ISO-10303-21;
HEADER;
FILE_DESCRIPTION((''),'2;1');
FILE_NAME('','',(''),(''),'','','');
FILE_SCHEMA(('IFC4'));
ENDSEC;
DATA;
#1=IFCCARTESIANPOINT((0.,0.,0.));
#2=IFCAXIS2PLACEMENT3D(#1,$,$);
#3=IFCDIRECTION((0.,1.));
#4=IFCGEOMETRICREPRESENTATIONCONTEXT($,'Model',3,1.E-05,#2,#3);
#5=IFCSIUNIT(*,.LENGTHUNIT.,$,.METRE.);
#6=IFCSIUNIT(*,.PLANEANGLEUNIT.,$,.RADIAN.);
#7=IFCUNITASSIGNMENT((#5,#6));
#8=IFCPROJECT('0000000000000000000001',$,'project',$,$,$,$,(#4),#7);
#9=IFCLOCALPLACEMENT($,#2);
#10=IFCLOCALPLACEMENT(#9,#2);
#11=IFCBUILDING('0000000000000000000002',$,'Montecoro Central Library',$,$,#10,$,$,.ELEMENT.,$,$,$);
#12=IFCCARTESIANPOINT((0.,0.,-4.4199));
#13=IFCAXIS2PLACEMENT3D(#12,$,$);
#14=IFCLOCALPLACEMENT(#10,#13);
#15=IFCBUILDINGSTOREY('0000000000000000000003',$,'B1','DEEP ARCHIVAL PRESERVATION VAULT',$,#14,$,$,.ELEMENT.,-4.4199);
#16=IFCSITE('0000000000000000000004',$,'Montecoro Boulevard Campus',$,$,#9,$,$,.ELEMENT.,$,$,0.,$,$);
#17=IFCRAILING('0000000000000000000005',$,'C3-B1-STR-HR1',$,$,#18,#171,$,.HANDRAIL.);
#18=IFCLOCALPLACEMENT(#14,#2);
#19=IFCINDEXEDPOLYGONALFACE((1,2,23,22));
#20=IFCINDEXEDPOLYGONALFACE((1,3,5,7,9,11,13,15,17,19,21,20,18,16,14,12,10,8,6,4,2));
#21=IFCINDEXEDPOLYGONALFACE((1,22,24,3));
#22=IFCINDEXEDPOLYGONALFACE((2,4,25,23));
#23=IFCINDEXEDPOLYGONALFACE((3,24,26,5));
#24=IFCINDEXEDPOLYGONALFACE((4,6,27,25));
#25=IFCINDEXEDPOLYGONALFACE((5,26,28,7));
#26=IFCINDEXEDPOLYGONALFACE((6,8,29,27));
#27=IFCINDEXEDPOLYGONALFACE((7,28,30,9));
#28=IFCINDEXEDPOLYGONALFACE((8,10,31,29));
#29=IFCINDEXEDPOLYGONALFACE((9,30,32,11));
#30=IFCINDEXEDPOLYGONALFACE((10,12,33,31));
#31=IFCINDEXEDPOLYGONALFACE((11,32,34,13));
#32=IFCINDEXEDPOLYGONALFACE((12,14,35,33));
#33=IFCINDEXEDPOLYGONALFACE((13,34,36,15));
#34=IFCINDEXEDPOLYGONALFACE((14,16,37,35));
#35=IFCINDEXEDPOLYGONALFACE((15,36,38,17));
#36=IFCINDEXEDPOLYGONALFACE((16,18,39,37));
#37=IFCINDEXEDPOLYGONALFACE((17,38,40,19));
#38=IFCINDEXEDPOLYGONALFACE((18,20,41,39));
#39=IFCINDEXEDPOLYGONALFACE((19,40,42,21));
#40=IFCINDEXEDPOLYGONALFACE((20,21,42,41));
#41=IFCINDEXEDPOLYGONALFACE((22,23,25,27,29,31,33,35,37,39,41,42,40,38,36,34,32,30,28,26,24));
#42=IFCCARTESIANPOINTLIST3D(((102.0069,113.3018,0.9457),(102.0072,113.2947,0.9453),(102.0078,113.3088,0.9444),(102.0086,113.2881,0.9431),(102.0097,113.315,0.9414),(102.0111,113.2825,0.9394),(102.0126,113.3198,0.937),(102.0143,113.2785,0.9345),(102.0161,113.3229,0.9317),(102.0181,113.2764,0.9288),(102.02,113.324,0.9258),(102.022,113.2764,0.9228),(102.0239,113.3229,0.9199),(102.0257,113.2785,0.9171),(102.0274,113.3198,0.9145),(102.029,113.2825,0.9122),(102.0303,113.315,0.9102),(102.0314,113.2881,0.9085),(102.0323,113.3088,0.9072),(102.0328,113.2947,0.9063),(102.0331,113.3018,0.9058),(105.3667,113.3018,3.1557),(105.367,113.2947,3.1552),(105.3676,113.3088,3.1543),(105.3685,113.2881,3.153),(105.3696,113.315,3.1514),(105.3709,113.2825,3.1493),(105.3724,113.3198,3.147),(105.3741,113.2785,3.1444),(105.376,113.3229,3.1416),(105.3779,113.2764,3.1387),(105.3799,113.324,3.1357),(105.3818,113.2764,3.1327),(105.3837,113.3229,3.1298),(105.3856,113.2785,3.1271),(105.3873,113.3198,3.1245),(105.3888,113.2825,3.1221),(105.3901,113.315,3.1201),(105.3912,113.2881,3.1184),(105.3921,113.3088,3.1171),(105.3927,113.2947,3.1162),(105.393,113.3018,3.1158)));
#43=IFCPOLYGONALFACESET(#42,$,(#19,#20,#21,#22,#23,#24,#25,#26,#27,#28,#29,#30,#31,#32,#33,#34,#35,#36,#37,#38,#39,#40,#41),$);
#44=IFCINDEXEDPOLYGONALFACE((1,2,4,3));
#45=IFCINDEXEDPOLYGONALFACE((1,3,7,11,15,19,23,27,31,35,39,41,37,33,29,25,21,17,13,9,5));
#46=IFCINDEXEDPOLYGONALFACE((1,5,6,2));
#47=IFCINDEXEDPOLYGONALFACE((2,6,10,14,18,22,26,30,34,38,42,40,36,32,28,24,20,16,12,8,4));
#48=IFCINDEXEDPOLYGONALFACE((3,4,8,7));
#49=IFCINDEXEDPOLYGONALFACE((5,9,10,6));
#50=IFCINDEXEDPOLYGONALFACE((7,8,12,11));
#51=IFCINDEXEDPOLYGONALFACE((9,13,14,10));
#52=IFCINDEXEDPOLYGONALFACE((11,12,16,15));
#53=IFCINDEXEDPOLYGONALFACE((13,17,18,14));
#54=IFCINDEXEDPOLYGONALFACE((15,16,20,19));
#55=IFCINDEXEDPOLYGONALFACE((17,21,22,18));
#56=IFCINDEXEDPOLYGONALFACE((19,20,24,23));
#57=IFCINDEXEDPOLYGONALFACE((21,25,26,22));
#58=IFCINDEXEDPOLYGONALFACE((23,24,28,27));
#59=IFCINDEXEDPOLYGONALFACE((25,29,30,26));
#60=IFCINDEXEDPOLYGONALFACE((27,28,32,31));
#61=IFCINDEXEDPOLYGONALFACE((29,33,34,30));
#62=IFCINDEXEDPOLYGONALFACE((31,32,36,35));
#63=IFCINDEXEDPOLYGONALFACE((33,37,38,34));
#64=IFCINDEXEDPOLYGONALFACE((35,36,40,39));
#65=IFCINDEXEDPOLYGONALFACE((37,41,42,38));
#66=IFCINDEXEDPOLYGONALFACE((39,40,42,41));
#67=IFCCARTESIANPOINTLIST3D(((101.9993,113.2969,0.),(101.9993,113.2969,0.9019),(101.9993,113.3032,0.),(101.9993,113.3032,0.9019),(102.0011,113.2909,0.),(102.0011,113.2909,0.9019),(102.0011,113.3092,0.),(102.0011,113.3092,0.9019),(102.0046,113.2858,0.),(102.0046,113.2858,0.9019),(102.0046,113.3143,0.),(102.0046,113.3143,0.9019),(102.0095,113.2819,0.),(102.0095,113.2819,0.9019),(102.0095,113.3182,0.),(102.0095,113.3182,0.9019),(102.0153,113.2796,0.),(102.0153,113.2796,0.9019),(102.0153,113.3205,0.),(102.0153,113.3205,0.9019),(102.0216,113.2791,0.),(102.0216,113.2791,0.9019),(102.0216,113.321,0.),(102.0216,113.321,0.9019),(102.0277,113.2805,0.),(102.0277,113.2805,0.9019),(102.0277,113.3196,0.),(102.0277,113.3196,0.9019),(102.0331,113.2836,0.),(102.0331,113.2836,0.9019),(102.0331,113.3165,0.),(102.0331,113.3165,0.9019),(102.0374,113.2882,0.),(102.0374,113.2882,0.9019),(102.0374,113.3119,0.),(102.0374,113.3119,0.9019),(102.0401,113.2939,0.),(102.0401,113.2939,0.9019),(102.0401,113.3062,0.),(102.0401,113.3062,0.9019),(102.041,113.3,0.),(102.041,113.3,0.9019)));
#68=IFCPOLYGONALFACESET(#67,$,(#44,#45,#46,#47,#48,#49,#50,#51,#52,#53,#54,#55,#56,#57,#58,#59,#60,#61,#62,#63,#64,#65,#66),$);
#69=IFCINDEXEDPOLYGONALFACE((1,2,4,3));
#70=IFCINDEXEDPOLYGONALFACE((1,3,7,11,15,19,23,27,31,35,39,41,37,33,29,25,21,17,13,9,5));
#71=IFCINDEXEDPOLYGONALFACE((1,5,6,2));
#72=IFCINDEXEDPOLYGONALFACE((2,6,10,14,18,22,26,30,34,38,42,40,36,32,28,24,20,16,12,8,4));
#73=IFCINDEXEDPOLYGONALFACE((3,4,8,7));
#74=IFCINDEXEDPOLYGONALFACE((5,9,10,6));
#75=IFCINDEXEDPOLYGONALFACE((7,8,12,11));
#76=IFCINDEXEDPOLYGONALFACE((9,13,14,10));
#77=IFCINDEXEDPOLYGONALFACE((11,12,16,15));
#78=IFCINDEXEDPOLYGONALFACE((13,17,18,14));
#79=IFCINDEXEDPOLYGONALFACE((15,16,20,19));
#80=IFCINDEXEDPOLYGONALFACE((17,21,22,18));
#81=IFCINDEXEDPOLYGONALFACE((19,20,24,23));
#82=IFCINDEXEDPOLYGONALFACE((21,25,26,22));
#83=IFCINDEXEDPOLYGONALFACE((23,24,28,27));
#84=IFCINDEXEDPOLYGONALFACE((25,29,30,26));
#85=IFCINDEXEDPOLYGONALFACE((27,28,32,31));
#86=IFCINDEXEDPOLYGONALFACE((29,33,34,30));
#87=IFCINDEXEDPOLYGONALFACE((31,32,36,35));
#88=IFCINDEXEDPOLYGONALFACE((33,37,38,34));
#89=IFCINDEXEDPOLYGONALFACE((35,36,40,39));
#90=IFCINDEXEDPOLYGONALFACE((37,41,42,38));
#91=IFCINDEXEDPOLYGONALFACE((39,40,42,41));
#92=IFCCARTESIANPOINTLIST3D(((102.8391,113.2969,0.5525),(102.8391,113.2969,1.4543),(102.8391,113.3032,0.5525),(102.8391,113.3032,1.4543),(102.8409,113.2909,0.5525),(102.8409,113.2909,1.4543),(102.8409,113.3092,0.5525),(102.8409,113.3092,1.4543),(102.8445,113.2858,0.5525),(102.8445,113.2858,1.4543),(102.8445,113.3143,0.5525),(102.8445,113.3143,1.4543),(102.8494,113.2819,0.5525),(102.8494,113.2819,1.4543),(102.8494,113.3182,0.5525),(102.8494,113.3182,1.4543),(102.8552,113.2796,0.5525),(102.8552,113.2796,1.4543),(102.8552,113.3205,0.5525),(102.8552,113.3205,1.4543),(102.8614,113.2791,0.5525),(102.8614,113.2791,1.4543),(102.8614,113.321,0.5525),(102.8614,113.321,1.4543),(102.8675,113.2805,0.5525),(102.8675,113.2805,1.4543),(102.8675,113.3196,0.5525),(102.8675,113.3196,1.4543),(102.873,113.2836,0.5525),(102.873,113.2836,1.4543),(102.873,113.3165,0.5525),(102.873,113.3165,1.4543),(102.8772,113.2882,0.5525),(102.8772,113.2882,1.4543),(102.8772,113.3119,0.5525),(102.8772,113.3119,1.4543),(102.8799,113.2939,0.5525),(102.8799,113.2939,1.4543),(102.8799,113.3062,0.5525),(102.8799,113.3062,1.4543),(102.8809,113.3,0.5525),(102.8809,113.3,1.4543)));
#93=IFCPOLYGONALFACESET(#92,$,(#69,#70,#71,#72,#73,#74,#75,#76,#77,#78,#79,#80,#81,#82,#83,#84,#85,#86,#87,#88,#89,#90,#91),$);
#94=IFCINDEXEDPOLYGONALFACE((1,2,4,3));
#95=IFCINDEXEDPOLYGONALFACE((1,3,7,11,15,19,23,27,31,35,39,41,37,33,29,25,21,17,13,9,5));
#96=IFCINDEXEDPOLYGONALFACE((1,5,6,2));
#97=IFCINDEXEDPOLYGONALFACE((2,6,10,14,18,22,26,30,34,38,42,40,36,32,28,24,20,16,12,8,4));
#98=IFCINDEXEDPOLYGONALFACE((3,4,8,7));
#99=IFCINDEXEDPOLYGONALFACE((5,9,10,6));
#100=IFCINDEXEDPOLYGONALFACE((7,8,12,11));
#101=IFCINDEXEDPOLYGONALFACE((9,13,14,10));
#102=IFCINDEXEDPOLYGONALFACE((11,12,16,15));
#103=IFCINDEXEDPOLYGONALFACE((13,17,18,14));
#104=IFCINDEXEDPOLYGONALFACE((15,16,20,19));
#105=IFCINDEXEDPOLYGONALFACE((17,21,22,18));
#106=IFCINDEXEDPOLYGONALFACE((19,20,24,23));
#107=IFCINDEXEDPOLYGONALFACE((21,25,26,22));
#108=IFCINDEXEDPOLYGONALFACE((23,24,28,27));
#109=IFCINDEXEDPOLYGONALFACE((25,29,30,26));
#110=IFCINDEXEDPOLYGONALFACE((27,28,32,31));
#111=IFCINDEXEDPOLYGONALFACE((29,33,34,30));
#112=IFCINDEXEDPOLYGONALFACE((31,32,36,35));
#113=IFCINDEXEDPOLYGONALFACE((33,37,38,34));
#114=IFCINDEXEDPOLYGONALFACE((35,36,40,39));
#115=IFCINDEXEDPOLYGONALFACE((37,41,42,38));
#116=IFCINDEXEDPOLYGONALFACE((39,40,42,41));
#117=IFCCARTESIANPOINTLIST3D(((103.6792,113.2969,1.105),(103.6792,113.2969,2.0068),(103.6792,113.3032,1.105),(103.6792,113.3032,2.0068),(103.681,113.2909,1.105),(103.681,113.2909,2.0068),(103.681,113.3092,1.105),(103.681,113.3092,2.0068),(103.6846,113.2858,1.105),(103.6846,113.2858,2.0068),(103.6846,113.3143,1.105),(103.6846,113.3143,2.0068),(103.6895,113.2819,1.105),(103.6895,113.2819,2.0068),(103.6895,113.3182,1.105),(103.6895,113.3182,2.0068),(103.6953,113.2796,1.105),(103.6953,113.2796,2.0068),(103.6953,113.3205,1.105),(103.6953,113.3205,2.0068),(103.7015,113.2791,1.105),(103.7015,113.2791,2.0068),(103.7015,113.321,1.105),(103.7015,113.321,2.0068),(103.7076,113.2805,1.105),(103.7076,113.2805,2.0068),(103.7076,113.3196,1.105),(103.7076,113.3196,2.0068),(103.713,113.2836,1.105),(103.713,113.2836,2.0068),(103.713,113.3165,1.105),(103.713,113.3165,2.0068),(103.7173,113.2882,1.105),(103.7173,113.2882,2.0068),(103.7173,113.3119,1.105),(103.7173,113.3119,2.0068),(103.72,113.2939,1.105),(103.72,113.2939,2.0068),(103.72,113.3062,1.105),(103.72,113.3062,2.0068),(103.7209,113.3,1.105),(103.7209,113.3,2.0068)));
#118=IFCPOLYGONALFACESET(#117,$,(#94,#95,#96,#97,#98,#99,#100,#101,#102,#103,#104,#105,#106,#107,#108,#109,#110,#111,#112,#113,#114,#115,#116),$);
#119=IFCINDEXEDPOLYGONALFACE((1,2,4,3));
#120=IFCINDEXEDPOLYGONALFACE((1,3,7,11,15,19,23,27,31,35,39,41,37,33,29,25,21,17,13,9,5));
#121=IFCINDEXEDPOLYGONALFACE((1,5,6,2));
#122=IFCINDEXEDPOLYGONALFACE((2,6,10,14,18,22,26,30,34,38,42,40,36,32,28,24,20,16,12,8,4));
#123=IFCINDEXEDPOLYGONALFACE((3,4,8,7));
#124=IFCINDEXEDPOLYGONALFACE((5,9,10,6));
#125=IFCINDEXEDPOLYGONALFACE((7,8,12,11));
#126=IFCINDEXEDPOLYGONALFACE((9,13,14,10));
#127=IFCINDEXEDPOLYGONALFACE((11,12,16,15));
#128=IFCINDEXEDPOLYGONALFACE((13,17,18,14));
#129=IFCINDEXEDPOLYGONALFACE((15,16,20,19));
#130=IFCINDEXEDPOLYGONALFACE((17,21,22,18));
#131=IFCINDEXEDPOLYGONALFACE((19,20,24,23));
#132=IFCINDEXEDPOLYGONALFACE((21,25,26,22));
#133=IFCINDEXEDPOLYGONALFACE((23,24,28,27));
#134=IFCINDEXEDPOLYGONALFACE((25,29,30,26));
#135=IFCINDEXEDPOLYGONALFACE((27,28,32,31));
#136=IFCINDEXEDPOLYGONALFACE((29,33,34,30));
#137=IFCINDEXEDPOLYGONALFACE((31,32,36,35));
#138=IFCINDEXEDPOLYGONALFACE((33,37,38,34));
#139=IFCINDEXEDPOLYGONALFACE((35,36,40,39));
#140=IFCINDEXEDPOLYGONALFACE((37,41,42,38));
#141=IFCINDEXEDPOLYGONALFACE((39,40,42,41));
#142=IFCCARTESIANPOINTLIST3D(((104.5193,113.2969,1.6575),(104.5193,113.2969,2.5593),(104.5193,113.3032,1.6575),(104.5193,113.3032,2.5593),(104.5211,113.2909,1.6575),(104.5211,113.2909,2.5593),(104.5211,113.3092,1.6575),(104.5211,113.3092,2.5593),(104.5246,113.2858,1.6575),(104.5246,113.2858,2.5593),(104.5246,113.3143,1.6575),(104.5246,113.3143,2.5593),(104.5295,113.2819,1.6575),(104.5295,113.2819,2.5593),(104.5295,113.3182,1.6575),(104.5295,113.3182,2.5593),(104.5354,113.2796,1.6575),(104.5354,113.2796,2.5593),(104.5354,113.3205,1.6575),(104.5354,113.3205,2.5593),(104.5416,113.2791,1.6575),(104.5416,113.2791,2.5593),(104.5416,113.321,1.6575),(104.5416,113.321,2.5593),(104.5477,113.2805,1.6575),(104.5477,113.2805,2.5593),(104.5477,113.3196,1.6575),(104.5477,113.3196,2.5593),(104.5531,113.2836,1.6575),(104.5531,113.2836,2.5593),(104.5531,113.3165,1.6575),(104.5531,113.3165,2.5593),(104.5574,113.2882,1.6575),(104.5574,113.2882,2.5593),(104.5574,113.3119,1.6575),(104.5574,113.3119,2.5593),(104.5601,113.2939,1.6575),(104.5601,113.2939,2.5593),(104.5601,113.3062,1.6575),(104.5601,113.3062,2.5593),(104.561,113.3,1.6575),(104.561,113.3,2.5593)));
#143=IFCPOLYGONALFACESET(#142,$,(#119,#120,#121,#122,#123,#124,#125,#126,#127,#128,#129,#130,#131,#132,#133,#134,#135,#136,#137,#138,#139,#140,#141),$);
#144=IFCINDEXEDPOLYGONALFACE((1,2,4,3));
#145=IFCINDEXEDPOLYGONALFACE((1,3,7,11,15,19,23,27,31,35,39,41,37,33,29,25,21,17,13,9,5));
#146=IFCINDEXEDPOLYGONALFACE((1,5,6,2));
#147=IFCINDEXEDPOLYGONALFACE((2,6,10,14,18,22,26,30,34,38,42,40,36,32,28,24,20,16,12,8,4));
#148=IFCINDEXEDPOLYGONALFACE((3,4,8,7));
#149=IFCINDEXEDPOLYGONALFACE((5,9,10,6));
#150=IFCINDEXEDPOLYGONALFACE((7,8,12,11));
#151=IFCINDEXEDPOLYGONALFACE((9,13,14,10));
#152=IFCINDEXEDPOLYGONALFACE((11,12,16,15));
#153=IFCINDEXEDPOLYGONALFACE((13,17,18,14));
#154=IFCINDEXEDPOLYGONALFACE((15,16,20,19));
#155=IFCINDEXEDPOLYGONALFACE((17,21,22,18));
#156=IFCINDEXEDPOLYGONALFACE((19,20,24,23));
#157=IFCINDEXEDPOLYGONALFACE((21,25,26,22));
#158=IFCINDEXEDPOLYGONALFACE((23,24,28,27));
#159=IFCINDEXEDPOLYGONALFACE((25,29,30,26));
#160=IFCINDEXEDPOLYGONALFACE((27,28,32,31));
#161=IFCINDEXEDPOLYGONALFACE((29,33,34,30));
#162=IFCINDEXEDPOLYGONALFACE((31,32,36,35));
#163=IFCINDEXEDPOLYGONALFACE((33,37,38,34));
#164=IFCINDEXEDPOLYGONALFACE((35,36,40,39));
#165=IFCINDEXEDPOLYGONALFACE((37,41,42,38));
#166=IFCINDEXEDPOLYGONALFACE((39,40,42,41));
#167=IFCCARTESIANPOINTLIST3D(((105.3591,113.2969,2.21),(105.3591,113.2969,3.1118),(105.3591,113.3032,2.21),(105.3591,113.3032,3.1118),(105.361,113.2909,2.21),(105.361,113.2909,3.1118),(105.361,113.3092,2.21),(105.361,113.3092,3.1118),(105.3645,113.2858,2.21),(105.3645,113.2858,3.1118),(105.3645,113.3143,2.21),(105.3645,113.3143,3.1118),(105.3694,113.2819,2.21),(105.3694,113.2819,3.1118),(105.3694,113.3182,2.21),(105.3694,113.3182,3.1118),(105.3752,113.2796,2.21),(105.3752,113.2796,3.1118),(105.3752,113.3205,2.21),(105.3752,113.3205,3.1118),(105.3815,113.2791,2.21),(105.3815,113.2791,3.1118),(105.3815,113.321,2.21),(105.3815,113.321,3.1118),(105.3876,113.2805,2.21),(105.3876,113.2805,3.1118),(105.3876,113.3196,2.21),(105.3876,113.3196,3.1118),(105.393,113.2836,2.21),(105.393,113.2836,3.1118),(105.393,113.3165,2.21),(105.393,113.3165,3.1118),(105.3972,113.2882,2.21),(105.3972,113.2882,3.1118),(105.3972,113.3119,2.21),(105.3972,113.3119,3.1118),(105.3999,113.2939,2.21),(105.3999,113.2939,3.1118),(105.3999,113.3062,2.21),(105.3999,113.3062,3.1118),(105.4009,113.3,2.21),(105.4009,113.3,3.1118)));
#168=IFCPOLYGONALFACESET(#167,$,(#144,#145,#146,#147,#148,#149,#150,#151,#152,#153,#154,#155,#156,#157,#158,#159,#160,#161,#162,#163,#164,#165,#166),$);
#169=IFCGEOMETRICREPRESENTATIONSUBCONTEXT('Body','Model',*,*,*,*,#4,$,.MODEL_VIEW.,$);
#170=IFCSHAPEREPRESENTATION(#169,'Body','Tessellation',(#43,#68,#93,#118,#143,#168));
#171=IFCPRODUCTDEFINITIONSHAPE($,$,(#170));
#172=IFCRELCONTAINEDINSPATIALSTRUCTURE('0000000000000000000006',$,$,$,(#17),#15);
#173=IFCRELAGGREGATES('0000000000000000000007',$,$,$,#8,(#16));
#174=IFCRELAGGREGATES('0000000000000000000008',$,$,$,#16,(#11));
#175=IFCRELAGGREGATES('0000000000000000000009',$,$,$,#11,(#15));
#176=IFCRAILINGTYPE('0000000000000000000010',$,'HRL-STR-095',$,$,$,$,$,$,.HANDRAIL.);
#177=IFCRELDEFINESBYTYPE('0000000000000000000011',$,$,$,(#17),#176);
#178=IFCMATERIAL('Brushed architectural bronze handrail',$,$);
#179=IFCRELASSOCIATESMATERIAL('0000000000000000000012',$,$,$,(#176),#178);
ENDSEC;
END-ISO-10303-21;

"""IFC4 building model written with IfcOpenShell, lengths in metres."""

from ifc_helpers import new_model, si_unit, direction, frame, origin, origin_2d, place, context, subcontext, project, spatial, circle, extrude, material, type_object, element, save


model = new_model("IFC4")

# Units and contexts
model_context = context("Model", 3, precision=1e-05, world=origin(), true_north=direction((0.0, 1.0)))
body_context = subcontext(model_context, "Body", "Model", "MODEL_VIEW")
ifc_project = project(units=[si_unit("LENGTHUNIT", "METRE"), si_unit("PLANEANGLEUNIT", "RADIAN")], contexts=[model_context])

# Site, building, storey
site_placement = place(None, origin())
site = spatial("IfcSite", under=ifc_project, at=site_placement, Name="Montecoro Boulevard Campus", CompositionType="ELEMENT", RefElevation=0.0)
building_placement = place(site_placement, origin())
building = spatial("IfcBuilding", under=site, at=building_placement, Name="Montecoro Central Library", CompositionType="ELEMENT")
storey_placement = place(building_placement, frame((0.0, 0.0, -4.4199)))
storey = spatial("IfcBuildingStorey", under=building, at=storey_placement, Name="B1", Description="DEEP ARCHIVAL PRESERVATION VAULT", CompositionType="ELEMENT", Elevation=-4.4199)

# Railing
ifc_material_1 = material(Name="Brushed architectural bronze handrail")
railing_type_1 = type_object("IfcRailingType", Name="HRL-STR-095", PredefinedType="HANDRAIL", material=ifc_material_1)
railing_1_placement = place(storey_placement, frame((102.02, 113.3, 0.0)))
element("IfcRailing", 1, at=railing_1_placement, inside=storey, type_object=railing_type_1, Name="C3-B1-STR-HR1", PredefinedType="HANDRAIL", context=body_context, shape_type="SweptSolid", body=[
    extrude(circle(Radius=0.0239, at=origin_2d()), frame((0.0, 0.0, 0.9258), z_axis=(0.835471, 0.0, 0.549534), x_axis=(0.0, 1.0, 0.0)), (0.0, 0.0, 1.0), 4.0215),
    extrude(circle(Radius=0.021, at=origin_2d()), origin(), (0.0, 0.0, 1.0), 0.9019),
    extrude(circle(Radius=0.021, at=origin_2d()), frame((0.8398, 0.0, 0.5525)), (0.0, 0.0, 1.0), 0.9019),
    extrude(circle(Radius=0.021, at=origin_2d()), frame((1.6799, 0.0, 1.105)), (0.0, 0.0, 1.0), 0.9019),
    extrude(circle(Radius=0.021, at=origin_2d()), frame((2.52, 0.0, 1.6575)), (0.0, 0.0, 1.0), 0.9019),
    extrude(circle(Radius=0.021, at=origin_2d()), frame((3.3599, 0.0, 2.21)), (0.0, 0.0, 1.0), 0.9019),
])

save(model, "model.ifc")
